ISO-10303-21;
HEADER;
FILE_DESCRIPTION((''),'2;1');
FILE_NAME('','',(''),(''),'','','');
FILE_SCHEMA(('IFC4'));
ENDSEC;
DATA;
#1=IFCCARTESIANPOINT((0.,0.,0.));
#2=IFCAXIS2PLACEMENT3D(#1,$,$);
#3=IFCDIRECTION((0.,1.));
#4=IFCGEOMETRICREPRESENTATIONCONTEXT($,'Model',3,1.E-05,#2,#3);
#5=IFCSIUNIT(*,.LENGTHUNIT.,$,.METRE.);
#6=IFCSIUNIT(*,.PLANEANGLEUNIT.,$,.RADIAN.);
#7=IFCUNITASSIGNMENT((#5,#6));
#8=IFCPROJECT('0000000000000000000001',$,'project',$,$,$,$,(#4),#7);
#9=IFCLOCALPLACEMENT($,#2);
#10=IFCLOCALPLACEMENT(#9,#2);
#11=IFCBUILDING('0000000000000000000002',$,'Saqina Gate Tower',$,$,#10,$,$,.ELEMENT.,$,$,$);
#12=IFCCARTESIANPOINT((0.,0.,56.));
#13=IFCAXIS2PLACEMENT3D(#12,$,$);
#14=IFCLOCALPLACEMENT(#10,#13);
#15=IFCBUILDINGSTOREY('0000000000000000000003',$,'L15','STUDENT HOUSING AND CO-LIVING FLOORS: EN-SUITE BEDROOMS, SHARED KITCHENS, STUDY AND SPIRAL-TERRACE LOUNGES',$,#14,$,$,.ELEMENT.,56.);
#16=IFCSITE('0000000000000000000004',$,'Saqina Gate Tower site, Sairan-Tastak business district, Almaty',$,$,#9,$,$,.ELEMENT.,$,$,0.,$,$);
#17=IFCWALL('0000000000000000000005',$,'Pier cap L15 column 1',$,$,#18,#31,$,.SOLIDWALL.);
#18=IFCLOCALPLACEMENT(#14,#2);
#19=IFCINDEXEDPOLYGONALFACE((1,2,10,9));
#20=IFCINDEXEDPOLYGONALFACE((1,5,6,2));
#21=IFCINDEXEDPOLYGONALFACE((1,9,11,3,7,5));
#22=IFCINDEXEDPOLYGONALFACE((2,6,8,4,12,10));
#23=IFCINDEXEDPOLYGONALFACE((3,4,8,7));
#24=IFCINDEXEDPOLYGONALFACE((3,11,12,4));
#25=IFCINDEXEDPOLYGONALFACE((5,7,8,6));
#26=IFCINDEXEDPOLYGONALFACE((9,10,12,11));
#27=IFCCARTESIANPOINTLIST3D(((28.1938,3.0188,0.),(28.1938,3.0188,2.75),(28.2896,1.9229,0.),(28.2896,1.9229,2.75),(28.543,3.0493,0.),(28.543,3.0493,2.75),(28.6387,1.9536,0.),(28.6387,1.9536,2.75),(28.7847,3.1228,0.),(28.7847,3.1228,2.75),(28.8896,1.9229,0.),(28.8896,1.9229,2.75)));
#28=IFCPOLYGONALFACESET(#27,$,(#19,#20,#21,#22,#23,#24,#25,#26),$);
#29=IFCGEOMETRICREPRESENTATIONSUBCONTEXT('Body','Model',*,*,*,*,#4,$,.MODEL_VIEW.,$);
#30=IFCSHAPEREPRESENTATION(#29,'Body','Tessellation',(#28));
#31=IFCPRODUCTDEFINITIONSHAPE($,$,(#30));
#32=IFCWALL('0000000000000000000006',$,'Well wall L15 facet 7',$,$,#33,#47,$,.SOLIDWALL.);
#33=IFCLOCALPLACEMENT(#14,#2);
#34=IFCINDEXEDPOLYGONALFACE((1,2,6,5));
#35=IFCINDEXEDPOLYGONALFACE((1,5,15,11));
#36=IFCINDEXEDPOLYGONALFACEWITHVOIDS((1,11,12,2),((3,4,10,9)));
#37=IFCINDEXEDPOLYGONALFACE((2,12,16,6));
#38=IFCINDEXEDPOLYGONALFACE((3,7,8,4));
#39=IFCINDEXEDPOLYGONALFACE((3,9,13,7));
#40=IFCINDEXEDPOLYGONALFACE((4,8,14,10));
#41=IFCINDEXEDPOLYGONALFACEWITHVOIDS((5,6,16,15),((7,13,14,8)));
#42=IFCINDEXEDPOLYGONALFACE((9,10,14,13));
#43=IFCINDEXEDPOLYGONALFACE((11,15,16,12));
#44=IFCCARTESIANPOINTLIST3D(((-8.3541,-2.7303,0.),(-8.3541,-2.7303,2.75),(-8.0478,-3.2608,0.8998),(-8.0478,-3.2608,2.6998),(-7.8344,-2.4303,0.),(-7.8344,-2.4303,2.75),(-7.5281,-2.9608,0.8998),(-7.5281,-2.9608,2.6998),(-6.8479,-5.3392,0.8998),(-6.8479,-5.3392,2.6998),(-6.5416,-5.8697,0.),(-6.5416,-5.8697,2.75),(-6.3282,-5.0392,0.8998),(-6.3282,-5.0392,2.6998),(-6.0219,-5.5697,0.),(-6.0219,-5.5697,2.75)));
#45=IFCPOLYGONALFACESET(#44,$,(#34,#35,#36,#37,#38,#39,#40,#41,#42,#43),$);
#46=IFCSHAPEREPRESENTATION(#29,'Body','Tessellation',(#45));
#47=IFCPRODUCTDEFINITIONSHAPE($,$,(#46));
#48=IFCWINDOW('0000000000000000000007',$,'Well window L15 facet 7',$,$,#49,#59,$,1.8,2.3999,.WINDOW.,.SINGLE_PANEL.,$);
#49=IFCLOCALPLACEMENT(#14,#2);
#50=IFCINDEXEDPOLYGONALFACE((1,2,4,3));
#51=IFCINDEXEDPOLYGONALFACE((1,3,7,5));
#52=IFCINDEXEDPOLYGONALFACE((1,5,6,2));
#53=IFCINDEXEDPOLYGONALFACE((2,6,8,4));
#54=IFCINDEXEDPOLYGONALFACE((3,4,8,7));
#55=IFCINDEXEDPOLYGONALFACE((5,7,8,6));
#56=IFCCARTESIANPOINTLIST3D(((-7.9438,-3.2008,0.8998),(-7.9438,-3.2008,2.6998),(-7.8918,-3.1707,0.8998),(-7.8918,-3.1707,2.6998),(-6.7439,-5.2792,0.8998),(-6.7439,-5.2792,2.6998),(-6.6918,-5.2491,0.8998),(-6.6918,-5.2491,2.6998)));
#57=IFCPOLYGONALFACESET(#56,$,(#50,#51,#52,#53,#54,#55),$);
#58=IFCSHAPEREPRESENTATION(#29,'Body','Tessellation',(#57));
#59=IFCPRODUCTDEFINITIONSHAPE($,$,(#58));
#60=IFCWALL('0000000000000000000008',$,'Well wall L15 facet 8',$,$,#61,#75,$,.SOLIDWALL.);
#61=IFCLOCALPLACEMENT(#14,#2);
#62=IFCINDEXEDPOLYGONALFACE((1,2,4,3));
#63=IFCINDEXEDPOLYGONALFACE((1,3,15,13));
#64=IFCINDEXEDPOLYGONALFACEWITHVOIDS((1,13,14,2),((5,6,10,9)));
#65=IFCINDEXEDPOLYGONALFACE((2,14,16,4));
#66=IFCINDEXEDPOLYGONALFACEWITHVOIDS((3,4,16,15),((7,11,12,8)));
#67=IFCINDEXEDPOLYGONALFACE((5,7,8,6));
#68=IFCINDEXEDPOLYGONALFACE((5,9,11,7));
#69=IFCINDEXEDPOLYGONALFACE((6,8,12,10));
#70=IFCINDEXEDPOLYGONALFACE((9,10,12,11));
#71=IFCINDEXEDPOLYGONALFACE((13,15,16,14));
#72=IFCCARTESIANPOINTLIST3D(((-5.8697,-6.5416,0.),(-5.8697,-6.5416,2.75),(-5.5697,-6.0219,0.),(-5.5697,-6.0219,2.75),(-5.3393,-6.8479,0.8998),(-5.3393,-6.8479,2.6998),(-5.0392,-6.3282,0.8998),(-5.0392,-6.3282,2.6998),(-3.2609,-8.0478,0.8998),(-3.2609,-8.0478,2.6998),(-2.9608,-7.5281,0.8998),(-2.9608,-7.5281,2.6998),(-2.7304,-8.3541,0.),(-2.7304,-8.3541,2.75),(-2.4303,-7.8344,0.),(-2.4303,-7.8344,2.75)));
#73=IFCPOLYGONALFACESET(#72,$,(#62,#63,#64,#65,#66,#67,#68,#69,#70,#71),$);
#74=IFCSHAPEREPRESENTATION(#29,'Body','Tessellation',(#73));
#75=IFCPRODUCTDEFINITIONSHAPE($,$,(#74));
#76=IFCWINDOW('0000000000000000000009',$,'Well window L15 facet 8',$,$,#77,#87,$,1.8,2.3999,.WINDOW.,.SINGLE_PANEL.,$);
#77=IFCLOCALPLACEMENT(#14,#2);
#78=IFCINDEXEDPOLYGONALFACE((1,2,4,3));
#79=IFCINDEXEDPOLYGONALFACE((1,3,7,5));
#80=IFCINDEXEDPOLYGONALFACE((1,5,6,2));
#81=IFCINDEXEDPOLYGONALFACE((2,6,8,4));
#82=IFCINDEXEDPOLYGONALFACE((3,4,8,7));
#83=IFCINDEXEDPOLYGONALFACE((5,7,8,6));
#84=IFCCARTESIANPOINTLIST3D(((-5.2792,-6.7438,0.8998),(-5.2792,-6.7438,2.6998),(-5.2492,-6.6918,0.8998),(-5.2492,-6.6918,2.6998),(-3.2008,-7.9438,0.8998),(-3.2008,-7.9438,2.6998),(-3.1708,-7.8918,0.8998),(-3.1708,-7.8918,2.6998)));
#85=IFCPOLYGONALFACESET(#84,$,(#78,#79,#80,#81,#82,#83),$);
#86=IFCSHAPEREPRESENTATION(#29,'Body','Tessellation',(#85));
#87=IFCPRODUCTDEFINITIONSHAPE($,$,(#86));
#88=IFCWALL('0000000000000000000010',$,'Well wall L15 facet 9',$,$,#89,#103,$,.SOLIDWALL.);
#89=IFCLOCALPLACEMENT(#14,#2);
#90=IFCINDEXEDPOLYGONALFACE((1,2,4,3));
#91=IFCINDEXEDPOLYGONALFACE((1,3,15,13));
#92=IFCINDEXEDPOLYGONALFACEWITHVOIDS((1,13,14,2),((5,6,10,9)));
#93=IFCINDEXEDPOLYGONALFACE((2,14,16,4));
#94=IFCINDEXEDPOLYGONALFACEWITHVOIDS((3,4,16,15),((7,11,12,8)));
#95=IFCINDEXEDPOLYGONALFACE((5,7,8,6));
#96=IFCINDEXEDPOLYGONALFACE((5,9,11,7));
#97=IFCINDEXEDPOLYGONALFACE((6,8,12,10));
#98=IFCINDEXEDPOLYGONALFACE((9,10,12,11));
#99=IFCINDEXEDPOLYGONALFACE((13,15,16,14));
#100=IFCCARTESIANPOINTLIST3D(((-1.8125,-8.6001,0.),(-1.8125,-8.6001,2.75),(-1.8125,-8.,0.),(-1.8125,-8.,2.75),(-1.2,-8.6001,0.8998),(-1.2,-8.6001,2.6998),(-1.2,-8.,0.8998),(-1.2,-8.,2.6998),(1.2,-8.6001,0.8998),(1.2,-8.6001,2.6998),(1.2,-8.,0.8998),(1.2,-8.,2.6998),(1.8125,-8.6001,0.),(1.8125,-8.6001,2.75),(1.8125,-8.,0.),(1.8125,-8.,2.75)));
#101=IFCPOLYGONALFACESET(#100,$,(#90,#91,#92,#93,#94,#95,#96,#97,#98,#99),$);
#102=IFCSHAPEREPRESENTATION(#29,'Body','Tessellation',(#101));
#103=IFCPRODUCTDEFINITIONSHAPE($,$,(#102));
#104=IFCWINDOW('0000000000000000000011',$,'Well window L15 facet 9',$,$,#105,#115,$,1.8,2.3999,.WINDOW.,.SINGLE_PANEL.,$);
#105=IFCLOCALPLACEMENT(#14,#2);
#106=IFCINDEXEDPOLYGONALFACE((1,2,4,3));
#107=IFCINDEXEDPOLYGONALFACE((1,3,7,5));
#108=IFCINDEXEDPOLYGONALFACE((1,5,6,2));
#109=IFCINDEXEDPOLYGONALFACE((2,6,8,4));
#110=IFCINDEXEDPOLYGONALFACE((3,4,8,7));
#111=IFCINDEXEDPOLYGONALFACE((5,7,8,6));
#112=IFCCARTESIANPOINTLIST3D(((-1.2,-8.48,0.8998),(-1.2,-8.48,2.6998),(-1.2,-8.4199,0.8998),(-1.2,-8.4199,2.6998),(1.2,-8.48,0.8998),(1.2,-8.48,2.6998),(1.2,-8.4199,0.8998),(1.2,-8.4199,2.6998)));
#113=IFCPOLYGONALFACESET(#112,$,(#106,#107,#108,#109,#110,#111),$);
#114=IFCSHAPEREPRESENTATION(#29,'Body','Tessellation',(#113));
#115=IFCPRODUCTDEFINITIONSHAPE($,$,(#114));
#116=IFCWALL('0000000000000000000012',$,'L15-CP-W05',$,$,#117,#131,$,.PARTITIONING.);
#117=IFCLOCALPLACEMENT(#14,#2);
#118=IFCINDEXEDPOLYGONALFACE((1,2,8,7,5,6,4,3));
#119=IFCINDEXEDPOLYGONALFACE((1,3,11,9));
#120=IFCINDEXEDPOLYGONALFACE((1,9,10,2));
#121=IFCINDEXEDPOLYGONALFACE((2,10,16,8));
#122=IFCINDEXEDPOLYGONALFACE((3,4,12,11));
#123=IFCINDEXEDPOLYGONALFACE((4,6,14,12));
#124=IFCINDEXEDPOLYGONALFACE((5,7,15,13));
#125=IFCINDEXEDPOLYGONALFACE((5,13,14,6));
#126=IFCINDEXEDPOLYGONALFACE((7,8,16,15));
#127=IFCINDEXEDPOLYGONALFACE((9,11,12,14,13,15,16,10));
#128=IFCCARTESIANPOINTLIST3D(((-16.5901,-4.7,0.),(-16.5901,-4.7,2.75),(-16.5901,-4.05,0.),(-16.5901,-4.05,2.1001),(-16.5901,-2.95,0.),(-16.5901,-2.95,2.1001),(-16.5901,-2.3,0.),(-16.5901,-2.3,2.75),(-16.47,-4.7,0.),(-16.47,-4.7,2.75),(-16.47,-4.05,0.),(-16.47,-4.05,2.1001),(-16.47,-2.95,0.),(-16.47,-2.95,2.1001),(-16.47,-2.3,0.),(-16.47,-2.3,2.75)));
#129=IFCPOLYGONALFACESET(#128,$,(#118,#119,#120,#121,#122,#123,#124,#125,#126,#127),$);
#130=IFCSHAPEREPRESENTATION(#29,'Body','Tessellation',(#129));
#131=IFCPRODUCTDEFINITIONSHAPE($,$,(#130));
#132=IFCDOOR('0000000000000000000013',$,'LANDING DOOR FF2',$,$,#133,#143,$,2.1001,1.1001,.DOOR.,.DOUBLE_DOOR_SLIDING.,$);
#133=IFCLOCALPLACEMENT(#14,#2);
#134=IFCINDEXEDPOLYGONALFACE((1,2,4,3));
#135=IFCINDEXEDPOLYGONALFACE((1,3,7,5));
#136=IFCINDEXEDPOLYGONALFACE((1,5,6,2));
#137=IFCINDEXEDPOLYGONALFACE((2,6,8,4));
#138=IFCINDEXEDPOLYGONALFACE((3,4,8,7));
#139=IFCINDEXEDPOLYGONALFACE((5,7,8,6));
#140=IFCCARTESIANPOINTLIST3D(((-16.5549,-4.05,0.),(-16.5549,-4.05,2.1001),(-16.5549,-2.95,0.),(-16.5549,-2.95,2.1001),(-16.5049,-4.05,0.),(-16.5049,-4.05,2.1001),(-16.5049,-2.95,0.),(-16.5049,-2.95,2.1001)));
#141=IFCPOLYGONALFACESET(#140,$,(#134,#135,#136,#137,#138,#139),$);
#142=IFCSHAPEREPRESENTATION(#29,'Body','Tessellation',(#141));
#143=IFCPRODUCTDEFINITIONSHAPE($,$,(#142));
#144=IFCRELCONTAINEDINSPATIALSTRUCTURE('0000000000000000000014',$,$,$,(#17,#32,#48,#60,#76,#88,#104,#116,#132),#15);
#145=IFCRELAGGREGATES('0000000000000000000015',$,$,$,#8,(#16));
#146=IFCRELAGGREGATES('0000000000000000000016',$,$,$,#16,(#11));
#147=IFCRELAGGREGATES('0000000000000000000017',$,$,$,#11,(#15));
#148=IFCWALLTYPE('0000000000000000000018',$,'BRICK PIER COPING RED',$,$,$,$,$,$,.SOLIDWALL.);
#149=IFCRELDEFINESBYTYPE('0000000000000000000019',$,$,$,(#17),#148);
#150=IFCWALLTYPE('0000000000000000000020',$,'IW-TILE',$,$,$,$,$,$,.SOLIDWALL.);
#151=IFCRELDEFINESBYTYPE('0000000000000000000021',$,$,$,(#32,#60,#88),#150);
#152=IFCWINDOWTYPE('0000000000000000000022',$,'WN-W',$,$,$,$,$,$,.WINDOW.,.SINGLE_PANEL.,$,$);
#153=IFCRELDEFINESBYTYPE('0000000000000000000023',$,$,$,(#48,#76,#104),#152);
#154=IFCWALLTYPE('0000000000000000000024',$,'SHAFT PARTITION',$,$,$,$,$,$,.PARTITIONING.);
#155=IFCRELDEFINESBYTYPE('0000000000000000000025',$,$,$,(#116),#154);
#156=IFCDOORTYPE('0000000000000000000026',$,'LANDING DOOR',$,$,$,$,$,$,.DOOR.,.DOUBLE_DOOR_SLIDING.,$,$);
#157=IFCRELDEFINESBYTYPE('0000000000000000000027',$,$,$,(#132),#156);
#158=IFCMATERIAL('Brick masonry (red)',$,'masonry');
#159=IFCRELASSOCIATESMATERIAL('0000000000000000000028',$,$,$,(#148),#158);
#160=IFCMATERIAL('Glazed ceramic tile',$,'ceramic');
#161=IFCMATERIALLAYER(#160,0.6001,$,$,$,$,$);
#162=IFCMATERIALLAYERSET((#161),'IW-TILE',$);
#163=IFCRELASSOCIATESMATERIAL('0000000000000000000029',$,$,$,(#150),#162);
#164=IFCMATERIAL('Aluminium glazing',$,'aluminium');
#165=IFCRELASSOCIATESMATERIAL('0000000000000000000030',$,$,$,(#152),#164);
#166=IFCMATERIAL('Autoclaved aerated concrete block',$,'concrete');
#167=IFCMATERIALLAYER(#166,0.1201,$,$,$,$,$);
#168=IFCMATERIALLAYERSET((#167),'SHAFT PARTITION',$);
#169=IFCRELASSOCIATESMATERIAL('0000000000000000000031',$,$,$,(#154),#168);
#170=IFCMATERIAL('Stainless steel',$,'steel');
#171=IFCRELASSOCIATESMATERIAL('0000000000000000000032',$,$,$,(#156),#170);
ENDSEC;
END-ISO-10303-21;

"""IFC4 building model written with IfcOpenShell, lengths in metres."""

from ifc_helpers import new_model, si_unit, direction, frame, frame_2d, origin, place, context, subcontext, project, spatial, polyline, rectangle, outline, extrude, material, layer, layer_set, type_object, element, fill, save


model = new_model("IFC4")

# Units and contexts
model_context = context("Model", 3, precision=1e-05, world=origin(), true_north=direction((0.0, 1.0)))
body_context = subcontext(model_context, "Body", "Model", "MODEL_VIEW")
ifc_project = project(units=[si_unit("LENGTHUNIT", "METRE"), si_unit("PLANEANGLEUNIT", "RADIAN")], contexts=[model_context])

# Site, building, storey
site_placement = place(None, origin())
site = spatial("IfcSite", under=ifc_project, at=site_placement, Name="Saqina Gate Tower site, Sairan-Tastak business district, Almaty", CompositionType="ELEMENT", RefElevation=0.0)
building_placement = place(site_placement, origin())
building = spatial("IfcBuilding", under=site, at=building_placement, Name="Saqina Gate Tower", CompositionType="ELEMENT")
storey_placement = place(building_placement, frame((0.0, 0.0, 56.0)))
storey = spatial("IfcBuildingStorey", under=building, at=storey_placement, Name="L15", Description="STUDENT HOUSING AND CO-LIVING FLOORS: EN-SUITE BEDROOMS, SHARED KITCHENS, STUDY AND SPIRAL-TERRACE LOUNGES", CompositionType="ELEMENT", Elevation=56.0)

# Wall
ifc_material_1 = material(Name="Brick masonry (red)", Category="masonry")
wall_type_1 = type_object("IfcWallType", Name="BRICK PIER COPING RED", PredefinedType="SOLIDWALL", material=ifc_material_1)
wall_1_placement = place(storey_placement, origin())
element("IfcWall", 1, at=wall_1_placement, inside=storey, type_object=wall_type_1, Name="Pier cap L15 column 1", PredefinedType="SOLIDWALL", context=body_context, shape_type="SweptSolid", body=[
    extrude(outline(polyline([(28.8896, 1.9229), (28.7847, 3.1228), (28.1938, 3.0188), (28.543, 3.0493), (28.6387, 1.9536), (28.2896, 1.9229), (28.8896, 1.9229)])), origin(), (0.0, 0.0, 1.0), 2.75),
])

# Walls, openings, windows
ifc_material_2 = material(Name="Glazed ceramic tile", Category="ceramic")
ifc_layer_1 = layer(ifc_material_2, 0.6001)
ifc_layer_set_1 = layer_set([ifc_layer_1], Name="IW-TILE")
wall_type_2 = type_object("IfcWallType", Name="IW-TILE", PredefinedType="SOLIDWALL", material=ifc_layer_set_1)
wall_2_placement = place(storey_placement, frame((-8.0942, -2.5803, 0.0), z_axis=(0.0, 0.0, 1.0), x_axis=(0.499993, -0.86603, 0.0)))
wall_2 = element("IfcWall", 2, at=wall_2_placement, inside=storey, type_object=wall_type_2, Name="Well wall L15 facet 7", PredefinedType="SOLIDWALL", context=body_context, shape_type="SweptSolid", body=[
    extrude(rectangle(XDim=3.625, YDim=0.6001, at=frame_2d((1.8125, 0.0))), origin(), (0.0, 0.0, 1.0), 2.75),
])
opening_1_placement = place(wall_2_placement, frame((0.6125, 0.0, 0.8999)))
opening_1 = element("IfcOpeningElement", 3, at=opening_1_placement, cuts=wall_2, PredefinedType="OPENING", context=body_context, shape_type="SweptSolid", body=[
    extrude(rectangle(XDim=2.3999, YDim=1.8, at=frame_2d((1.2, 0.8999))), frame((0.0, 0.312, 0.0), z_axis=(0.0, -1.0, 0.0), x_axis=(1.0, 0.0, 0.0)), (0.0, 0.0, 1.0), 0.624),
])
ifc_material_3 = material(Name="Aluminium glazing", Category="aluminium")
window_type = type_object("IfcWindowType", Name="WN-W", PartitioningType="SINGLE_PANEL", PredefinedType="WINDOW", material=ifc_material_3)
window_1_placement = place(opening_1_placement, origin())
window_1 = element("IfcWindow", 4, at=window_1_placement, inside=storey, type_object=window_type, Name="Well window L15 facet 7", OverallHeight=1.8, OverallWidth=2.3999, PartitioningType="SINGLE_PANEL", PredefinedType="WINDOW", context=body_context, shape_type="SweptSolid", body=[
    extrude(rectangle(XDim=2.3999, YDim=1.8, at=frame_2d((1.2, 0.8999))), frame((0.0, -0.1199, 0.0), z_axis=(0.0, -1.0, 0.0), x_axis=(1.0, 0.0, 0.0)), (0.0, 0.0, 1.0), 0.0601),
])
fill(opening_1, window_1)
wall_3_placement = place(storey_placement, frame((-5.7197, -6.2817, 0.0), z_axis=(0.0, 0.0, 1.0), x_axis=(0.86603, -0.499993, 0.0)))
wall_3 = element("IfcWall", 5, at=wall_3_placement, inside=storey, type_object=wall_type_2, Name="Well wall L15 facet 8", PredefinedType="SOLIDWALL", context=body_context, shape_type="SweptSolid", body=[
    extrude(rectangle(XDim=3.625, YDim=0.6001, at=frame_2d((1.8125, 0.0))), origin(), (0.0, 0.0, 1.0), 2.75),
])
opening_2_placement = place(wall_3_placement, frame((0.6125, 0.0, 0.8999)))
opening_2 = element("IfcOpeningElement", 6, at=opening_2_placement, cuts=wall_3, PredefinedType="OPENING", context=body_context, shape_type="SweptSolid", body=[
    extrude(rectangle(XDim=2.3999, YDim=1.8, at=frame_2d((1.2, 0.8999))), frame((0.0, 0.312, 0.0), z_axis=(0.0, -1.0, 0.0), x_axis=(1.0, 0.0, 0.0)), (0.0, 0.0, 1.0), 0.624),
])
window_2_placement = place(opening_2_placement, origin())
window_2 = element("IfcWindow", 7, at=window_2_placement, inside=storey, type_object=window_type, Name="Well window L15 facet 8", OverallHeight=1.8, OverallWidth=2.3999, PartitioningType="SINGLE_PANEL", PredefinedType="WINDOW", context=body_context, shape_type="SweptSolid", body=[
    extrude(rectangle(XDim=2.3999, YDim=1.8, at=frame_2d((1.2, 0.8999))), frame((0.0, -0.1199, 0.0), z_axis=(0.0, -1.0, 0.0), x_axis=(1.0, 0.0, 0.0)), (0.0, 0.0, 1.0), 0.0601),
])
fill(opening_2, window_2)
wall_4_placement = place(storey_placement, frame((-1.8125, -8.3, 0.0), z_axis=(0.0, 0.0, 1.0), x_axis=(1.0, 0.0, 0.0)))
wall_4 = element("IfcWall", 8, at=wall_4_placement, inside=storey, type_object=wall_type_2, Name="Well wall L15 facet 9", PredefinedType="SOLIDWALL", context=body_context, shape_type="SweptSolid", body=[
    extrude(rectangle(XDim=3.625, YDim=0.6001, at=frame_2d((1.8125, 0.0))), origin(), (0.0, 0.0, 1.0), 2.75),
])
opening_3_placement = place(wall_4_placement, frame((0.6125, 0.0, 0.8999)))
opening_3 = element("IfcOpeningElement", 9, at=opening_3_placement, cuts=wall_4, PredefinedType="OPENING", context=body_context, shape_type="SweptSolid", body=[
    extrude(rectangle(XDim=2.3999, YDim=1.8, at=frame_2d((1.2, 0.8999))), frame((0.0, 0.312, 0.0), z_axis=(0.0, -1.0, 0.0), x_axis=(1.0, 0.0, 0.0)), (0.0, 0.0, 1.0), 0.624),
])
window_3_placement = place(opening_3_placement, origin())
window_3 = element("IfcWindow", 10, at=window_3_placement, inside=storey, type_object=window_type, Name="Well window L15 facet 9", OverallHeight=1.8, OverallWidth=2.3999, PartitioningType="SINGLE_PANEL", PredefinedType="WINDOW", context=body_context, shape_type="SweptSolid", body=[
    extrude(rectangle(XDim=2.3999, YDim=1.8, at=frame_2d((1.2, 0.8999))), frame((0.0, -0.1199, 0.0), z_axis=(0.0, -1.0, 0.0), x_axis=(1.0, 0.0, 0.0)), (0.0, 0.0, 1.0), 0.0601),
])
fill(opening_3, window_3)

# Wall, opening, door
ifc_material_4 = material(Name="Autoclaved aerated concrete block", Category="concrete")
ifc_layer_2 = layer(ifc_material_4, 0.1201)
ifc_layer_set_2 = layer_set([ifc_layer_2], Name="SHAFT PARTITION")
wall_type_3 = type_object("IfcWallType", Name="SHAFT PARTITION", PredefinedType="PARTITIONING", material=ifc_layer_set_2)
wall_5_placement = place(storey_placement, frame((-16.53, -4.7, 0.0), z_axis=(0.0, 0.0, 1.0), x_axis=(0.0, 1.0, 0.0)))
wall_5 = element("IfcWall", 11, at=wall_5_placement, inside=storey, type_object=wall_type_3, Name="L15-CP-W05", PredefinedType="PARTITIONING", context=body_context, shape_type="SweptSolid", body=[
    extrude(rectangle(XDim=2.3999, YDim=0.1201, at=frame_2d((1.2, 0.0))), origin(), (0.0, 0.0, 1.0), 2.75),
])
opening_4_placement = place(wall_5_placement, frame((0.6499, 0.0, 0.0)))
opening_4 = element("IfcOpeningElement", 12, at=opening_4_placement, cuts=wall_5, PredefinedType="OPENING", context=body_context, shape_type="SweptSolid", body=[
    extrude(rectangle(XDim=1.1001, YDim=2.1001, at=frame_2d((0.55, 1.05))), frame((0.0, 0.072, 0.0), z_axis=(0.0, -1.0, 0.0), x_axis=(1.0, 0.0, 0.0)), (0.0, 0.0, 1.0), 0.144),
])
ifc_material_5 = material(Name="Stainless steel", Category="steel")
door_type_1 = type_object("IfcDoorType", Name="LANDING DOOR", OperationType="DOUBLE_DOOR_SLIDING", PredefinedType="DOOR", material=ifc_material_5)
door_1_placement = place(opening_4_placement, origin())
door_1 = element("IfcDoor", 13, at=door_1_placement, inside=storey, type_object=door_type_1, Name="LANDING DOOR FF2", OperationType="DOUBLE_DOOR_SLIDING", OverallHeight=2.1001, OverallWidth=1.1001, PredefinedType="DOOR", context=body_context, shape_type="SweptSolid", body=[
    extrude(rectangle(XDim=1.1001, YDim=2.1001, at=frame_2d((0.55, 1.05))), frame((0.0, 0.0249, 0.0), z_axis=(0.0, -1.0, 0.0), x_axis=(1.0, 0.0, 0.0)), (0.0, 0.0, 1.0), 0.05),
])
fill(opening_4, door_1)

save(model, "model.ifc")
